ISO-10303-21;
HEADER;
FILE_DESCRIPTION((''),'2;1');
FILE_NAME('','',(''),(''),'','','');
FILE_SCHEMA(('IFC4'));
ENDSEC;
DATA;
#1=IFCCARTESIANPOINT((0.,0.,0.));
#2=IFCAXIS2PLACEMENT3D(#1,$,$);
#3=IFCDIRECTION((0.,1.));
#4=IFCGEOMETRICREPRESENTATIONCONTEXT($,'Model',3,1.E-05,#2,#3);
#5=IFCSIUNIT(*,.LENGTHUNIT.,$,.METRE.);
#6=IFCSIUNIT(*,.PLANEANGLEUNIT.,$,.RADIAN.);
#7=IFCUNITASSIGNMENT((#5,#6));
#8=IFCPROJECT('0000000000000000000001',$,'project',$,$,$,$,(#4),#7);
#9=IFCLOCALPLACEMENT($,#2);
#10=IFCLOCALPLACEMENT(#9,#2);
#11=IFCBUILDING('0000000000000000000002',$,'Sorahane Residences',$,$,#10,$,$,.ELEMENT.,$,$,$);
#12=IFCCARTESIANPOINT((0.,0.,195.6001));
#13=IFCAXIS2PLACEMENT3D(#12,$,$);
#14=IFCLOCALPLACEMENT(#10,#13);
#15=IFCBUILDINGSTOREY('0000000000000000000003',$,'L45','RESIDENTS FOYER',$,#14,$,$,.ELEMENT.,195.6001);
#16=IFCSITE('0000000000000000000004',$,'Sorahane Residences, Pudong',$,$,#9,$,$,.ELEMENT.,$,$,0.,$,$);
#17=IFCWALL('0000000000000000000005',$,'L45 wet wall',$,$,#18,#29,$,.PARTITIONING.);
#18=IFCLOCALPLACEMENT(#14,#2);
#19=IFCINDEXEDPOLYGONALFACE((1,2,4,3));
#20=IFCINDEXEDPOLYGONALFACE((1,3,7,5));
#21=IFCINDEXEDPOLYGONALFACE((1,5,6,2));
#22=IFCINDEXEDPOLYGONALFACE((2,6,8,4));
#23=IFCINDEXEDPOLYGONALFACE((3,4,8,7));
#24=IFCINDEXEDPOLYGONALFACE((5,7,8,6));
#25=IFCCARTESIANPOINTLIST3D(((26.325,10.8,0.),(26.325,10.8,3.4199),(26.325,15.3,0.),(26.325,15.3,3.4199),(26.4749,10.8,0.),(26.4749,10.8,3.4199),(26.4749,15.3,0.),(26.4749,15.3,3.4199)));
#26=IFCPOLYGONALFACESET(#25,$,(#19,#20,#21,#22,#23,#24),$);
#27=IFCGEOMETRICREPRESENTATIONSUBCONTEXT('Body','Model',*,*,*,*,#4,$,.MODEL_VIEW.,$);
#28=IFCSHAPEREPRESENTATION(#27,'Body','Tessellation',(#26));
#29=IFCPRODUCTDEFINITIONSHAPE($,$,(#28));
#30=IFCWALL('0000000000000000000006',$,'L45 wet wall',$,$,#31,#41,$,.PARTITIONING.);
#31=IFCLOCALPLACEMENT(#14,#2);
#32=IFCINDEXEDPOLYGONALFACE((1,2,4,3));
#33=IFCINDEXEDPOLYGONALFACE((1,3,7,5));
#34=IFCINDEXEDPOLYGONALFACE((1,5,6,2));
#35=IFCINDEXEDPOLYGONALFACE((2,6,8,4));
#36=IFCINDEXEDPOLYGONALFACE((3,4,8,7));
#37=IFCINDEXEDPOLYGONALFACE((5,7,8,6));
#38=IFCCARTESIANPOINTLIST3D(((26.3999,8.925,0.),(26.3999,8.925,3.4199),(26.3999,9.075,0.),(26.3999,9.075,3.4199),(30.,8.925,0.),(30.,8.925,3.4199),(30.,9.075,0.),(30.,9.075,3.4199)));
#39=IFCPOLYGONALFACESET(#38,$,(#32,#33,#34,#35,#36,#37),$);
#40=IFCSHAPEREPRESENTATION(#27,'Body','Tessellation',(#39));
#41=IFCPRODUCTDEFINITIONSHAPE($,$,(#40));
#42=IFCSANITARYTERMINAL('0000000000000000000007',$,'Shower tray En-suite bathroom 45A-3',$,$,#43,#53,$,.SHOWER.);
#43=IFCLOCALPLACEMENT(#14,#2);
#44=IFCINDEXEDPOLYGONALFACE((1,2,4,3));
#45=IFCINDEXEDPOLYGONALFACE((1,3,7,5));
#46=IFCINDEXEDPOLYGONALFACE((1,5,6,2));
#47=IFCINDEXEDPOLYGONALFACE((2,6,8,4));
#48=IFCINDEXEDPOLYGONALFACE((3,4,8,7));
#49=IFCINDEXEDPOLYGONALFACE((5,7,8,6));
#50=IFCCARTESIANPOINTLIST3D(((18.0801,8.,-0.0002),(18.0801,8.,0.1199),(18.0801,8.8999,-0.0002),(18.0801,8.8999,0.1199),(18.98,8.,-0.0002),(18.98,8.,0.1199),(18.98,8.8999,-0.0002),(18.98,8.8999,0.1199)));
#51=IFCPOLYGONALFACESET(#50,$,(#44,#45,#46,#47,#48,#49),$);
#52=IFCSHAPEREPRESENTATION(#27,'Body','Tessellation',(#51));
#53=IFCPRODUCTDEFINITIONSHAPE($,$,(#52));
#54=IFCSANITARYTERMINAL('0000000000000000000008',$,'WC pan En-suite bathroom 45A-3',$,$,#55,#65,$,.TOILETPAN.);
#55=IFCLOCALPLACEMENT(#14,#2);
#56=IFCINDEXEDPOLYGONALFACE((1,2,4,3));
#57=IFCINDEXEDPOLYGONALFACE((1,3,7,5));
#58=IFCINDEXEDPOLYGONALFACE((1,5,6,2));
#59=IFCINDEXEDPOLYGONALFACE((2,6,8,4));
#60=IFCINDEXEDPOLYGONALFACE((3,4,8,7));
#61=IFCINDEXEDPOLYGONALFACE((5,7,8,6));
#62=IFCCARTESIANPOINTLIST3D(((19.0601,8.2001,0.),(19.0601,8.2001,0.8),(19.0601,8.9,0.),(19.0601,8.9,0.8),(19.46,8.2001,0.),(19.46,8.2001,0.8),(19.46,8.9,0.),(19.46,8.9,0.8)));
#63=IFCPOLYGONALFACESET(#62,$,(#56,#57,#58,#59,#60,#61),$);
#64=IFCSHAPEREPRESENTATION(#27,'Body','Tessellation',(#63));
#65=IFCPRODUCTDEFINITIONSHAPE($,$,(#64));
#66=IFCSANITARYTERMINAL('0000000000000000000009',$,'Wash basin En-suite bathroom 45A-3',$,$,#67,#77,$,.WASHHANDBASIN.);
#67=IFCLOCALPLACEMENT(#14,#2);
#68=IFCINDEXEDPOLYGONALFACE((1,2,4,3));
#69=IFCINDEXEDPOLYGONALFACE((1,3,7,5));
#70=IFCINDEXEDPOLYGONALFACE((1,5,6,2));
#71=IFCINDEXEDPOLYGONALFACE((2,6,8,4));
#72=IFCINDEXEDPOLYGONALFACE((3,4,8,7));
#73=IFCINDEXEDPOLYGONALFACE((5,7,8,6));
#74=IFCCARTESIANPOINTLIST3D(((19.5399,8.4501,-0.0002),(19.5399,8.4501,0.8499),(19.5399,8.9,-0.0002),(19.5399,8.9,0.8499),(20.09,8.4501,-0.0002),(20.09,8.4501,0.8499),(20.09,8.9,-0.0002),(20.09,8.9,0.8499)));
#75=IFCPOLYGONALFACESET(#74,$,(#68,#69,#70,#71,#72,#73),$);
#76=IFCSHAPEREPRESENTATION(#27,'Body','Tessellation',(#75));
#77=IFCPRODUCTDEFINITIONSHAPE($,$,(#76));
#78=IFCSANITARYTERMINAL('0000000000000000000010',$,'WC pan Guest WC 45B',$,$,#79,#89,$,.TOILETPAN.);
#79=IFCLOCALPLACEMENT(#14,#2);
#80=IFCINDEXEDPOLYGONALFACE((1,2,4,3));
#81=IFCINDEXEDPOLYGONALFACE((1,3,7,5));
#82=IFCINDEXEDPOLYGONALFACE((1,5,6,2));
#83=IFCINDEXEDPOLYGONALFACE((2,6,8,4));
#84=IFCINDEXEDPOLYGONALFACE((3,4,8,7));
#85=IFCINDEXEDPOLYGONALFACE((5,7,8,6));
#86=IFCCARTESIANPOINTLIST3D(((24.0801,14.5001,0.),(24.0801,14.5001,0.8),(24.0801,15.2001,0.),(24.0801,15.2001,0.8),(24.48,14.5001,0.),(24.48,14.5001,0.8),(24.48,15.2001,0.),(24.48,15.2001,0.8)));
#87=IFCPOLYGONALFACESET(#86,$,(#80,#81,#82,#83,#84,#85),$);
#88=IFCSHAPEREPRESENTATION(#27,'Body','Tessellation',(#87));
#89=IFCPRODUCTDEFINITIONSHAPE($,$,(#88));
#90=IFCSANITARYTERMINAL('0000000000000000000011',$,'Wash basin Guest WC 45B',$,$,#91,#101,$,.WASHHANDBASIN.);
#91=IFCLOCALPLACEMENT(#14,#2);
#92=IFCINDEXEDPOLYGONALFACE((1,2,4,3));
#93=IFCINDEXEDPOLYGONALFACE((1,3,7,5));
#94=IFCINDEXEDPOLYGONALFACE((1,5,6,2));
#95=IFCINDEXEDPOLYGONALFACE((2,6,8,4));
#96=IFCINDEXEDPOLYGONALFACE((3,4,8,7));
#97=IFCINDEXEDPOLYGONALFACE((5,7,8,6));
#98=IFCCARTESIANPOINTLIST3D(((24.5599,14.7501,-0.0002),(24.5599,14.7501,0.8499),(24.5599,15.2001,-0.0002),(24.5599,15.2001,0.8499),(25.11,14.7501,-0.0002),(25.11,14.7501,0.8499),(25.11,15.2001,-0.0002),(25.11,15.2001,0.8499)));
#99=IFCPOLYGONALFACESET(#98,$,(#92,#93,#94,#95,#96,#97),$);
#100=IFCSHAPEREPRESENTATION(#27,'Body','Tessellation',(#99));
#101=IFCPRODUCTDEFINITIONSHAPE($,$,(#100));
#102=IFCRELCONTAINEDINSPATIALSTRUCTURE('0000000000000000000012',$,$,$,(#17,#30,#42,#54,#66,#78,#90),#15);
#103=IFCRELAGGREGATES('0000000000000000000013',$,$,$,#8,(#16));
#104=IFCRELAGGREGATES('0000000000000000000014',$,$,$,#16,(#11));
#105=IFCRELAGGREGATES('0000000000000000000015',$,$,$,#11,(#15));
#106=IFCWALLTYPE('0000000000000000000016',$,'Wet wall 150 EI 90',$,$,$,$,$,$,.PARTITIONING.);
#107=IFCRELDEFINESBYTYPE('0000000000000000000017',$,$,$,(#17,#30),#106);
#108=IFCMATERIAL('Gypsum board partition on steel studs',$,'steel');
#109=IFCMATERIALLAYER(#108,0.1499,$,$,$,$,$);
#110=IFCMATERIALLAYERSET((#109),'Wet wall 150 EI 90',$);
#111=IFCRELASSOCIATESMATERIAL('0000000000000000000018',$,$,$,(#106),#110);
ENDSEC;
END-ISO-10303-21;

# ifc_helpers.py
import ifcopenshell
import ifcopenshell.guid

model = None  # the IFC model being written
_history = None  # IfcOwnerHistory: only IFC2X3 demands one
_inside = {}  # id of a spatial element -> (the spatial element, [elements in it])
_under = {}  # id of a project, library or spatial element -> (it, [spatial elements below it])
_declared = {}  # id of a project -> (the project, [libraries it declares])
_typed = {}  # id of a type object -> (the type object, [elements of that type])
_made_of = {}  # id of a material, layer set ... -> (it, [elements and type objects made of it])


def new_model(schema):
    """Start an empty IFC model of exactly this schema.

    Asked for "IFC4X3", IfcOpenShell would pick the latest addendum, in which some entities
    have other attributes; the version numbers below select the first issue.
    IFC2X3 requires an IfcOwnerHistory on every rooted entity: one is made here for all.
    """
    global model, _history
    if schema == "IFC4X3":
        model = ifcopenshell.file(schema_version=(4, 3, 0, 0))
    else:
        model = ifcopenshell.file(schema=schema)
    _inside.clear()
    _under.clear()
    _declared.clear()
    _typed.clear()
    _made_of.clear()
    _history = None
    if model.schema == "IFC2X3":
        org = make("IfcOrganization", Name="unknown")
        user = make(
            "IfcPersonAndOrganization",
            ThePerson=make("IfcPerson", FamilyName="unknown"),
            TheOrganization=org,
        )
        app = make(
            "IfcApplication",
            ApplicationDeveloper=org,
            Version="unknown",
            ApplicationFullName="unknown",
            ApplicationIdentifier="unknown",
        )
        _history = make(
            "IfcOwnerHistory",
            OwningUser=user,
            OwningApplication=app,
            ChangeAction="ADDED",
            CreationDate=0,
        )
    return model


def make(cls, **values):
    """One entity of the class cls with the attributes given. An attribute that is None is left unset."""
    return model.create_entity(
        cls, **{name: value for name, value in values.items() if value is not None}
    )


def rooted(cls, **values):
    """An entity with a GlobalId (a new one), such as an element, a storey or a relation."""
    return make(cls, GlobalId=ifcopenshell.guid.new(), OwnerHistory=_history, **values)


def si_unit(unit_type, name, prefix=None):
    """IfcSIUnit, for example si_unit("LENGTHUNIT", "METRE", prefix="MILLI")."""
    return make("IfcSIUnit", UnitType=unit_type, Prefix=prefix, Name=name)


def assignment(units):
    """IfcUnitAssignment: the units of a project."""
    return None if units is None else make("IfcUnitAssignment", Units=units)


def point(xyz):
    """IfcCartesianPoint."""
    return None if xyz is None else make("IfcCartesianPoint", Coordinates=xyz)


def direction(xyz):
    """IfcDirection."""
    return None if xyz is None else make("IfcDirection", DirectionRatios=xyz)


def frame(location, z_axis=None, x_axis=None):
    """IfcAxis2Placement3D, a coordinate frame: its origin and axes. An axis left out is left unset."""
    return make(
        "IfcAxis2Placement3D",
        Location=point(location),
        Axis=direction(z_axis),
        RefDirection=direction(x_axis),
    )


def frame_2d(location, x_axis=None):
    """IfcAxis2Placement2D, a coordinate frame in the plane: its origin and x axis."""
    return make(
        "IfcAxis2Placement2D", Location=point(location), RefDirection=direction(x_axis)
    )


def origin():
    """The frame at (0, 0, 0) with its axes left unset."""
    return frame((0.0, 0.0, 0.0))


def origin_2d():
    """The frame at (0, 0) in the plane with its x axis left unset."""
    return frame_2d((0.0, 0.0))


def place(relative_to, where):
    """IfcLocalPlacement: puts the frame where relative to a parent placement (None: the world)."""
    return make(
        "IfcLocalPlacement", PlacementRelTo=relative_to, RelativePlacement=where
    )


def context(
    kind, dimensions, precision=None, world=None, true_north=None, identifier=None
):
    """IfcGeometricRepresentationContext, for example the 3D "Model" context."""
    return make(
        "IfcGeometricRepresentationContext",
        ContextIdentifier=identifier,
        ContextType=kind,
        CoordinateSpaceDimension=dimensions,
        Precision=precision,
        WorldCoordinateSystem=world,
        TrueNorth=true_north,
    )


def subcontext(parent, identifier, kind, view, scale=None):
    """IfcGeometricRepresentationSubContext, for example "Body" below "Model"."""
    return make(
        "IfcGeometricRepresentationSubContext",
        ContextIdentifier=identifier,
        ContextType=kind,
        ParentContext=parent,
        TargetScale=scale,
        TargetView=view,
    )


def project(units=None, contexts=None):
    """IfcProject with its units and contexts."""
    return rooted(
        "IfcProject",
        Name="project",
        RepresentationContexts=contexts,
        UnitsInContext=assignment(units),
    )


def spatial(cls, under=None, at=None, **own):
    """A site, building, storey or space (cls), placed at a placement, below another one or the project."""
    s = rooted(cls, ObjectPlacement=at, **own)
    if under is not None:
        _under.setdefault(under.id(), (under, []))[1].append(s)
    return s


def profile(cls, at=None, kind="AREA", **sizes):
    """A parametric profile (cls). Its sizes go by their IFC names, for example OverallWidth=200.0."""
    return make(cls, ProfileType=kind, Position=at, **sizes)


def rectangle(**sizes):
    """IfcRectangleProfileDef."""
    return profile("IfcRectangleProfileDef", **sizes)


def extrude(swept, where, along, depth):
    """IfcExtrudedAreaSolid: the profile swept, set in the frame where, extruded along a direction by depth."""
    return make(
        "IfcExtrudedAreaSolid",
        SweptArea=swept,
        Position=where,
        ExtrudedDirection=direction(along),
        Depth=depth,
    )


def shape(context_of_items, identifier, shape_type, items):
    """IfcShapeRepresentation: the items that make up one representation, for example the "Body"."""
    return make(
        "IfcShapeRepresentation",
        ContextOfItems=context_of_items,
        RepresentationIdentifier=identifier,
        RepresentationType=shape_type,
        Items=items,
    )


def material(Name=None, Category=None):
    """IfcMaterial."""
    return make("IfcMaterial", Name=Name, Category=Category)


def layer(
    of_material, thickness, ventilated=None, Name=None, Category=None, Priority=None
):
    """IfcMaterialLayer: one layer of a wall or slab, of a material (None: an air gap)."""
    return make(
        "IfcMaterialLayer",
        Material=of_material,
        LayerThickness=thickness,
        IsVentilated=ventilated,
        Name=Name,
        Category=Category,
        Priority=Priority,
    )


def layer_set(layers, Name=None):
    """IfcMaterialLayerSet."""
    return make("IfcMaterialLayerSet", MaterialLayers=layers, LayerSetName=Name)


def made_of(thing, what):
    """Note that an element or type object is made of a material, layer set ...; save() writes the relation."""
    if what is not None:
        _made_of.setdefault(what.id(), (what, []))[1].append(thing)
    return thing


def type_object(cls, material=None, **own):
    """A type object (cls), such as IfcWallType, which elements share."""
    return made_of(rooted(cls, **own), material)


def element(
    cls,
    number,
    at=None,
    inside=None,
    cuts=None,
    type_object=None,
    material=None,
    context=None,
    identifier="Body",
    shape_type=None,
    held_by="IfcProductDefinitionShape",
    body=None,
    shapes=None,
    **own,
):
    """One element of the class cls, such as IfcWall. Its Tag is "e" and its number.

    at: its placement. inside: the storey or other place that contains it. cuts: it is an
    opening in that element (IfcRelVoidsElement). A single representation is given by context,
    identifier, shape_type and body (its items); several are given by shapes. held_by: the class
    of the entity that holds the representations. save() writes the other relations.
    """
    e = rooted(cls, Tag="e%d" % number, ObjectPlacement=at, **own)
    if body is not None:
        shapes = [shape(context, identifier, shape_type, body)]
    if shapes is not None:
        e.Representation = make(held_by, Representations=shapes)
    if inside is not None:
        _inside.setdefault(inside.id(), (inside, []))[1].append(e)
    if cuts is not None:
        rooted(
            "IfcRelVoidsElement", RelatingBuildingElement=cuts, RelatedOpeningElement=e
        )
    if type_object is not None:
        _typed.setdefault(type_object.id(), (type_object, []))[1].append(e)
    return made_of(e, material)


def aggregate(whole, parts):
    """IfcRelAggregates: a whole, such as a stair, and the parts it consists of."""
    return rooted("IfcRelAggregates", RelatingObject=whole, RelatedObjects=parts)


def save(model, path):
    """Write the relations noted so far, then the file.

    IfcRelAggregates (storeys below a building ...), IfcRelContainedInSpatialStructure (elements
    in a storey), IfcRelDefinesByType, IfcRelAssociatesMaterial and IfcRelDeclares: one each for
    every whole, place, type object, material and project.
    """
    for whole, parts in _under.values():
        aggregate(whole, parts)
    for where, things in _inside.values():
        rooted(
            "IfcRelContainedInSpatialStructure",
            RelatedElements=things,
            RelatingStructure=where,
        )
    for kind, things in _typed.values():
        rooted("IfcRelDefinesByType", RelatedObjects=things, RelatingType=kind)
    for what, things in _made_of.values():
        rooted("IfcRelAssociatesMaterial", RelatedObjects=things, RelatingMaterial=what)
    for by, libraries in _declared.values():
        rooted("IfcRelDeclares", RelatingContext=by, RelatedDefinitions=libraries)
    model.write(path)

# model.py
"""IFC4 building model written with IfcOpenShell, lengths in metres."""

from ifc_helpers import new_model, si_unit, direction, frame, frame_2d, origin, origin_2d, place, context, subcontext, project, spatial, rectangle, extrude, material, layer, layer_set, type_object, element, save


model = new_model("IFC4")

# Units and contexts
model_context = context("Model", 3, precision=1e-05, world=origin(), true_north=direction((0.0, 1.0)))
body_context = subcontext(model_context, "Body", "Model", "MODEL_VIEW")
ifc_project = project(units=[si_unit("LENGTHUNIT", "METRE"), si_unit("PLANEANGLEUNIT", "RADIAN")], contexts=[model_context])

# Site, building, storey
site_placement = place(None, origin())
site = spatial("IfcSite", under=ifc_project, at=site_placement, Name="Sorahane Residences, Pudong", CompositionType="ELEMENT", RefElevation=0.0)
building_placement = place(site_placement, origin())
building = spatial("IfcBuilding", under=site, at=building_placement, Name="Sorahane Residences", CompositionType="ELEMENT")
storey_placement = place(building_placement, frame((0.0, 0.0, 195.6001)))
storey = spatial("IfcBuildingStorey", under=building, at=storey_placement, Name="L45", Description="RESIDENTS FOYER", CompositionType="ELEMENT", Elevation=195.6001)

# Wall
ifc_material_1 = material(Name="Gypsum board partition on steel studs", Category="steel")
ifc_layer_1 = layer(ifc_material_1, 0.1499)
ifc_layer_set_1 = layer_set([ifc_layer_1], Name="Wet wall 150 EI 90")
wall_type_1 = type_object("IfcWallType", Name="Wet wall 150 EI 90", PredefinedType="PARTITIONING", material=ifc_layer_set_1)
wall_1_placement = place(storey_placement, frame((26.3999, 10.8, 0.0), z_axis=(0.0, 0.0, 1.0), x_axis=(0.0, 1.0, 0.0)))
element("IfcWall", 1, at=wall_1_placement, inside=storey, type_object=wall_type_1, Name="L45 wet wall", PredefinedType="PARTITIONING", context=body_context, shape_type="SweptSolid", body=[
    extrude(rectangle(XDim=4.5, YDim=0.1499, at=frame_2d((2.25, 0.0))), origin(), (0.0, 0.0, 1.0), 3.4199),
])

# Wall
wall_2_placement = place(storey_placement, frame((26.3999, 9.0, 0.0), z_axis=(0.0, 0.0, 1.0), x_axis=(1.0, 0.0, 0.0)))
element("IfcWall", 2, at=wall_2_placement, inside=storey, type_object=wall_type_1, Name="L45 wet wall", PredefinedType="PARTITIONING", context=body_context, shape_type="SweptSolid", body=[
    extrude(rectangle(XDim=3.6001, YDim=0.1499, at=frame_2d((1.8, 0.0))), origin(), (0.0, 0.0, 1.0), 3.4199),
])

# Sanitary terminals
sanitary_terminal_1_placement = place(storey_placement, frame((18.53, 8.45, -0.0002), z_axis=(0.0, 0.0, 1.0), x_axis=(1.0, 0.0, 0.0)))
element("IfcSanitaryTerminal", 3, at=sanitary_terminal_1_placement, inside=storey, Name="Shower tray En-suite bathroom 45A-3", PredefinedType="SHOWER", context=body_context, shape_type="SweptSolid", body=[
    extrude(rectangle(XDim=0.8999, YDim=0.8999, at=origin_2d()), origin(), (0.0, 0.0, 1.0), 0.1201),
])
sanitary_terminal_2_placement = place(storey_placement, frame((19.26, 8.55, 0.0), z_axis=(0.0, 0.0, 1.0), x_axis=(1.0, 0.0, 0.0)))
element("IfcSanitaryTerminal", 4, at=sanitary_terminal_2_placement, inside=storey, Name="WC pan En-suite bathroom 45A-3", PredefinedType="TOILETPAN", context=body_context, shape_type="SweptSolid", body=[
    extrude(rectangle(XDim=0.3999, YDim=0.7, at=origin_2d()), origin(), (0.0, 0.0, 1.0), 0.8),
])
sanitary_terminal_3_placement = place(storey_placement, frame((19.8149, 8.675, -0.0002), z_axis=(0.0, 0.0, 1.0), x_axis=(1.0, 0.0, 0.0)))
element("IfcSanitaryTerminal", 5, at=sanitary_terminal_3_placement, inside=storey, Name="Wash basin En-suite bathroom 45A-3", PredefinedType="WASHHANDBASIN", context=body_context, shape_type="SweptSolid", body=[
    extrude(rectangle(XDim=0.55, YDim=0.45, at=origin_2d()), origin(), (0.0, 0.0, 1.0), 0.8501),
])
sanitary_terminal_4_placement = place(storey_placement, frame((24.28, 14.8501, 0.0), z_axis=(0.0, 0.0, 1.0), x_axis=(1.0, 0.0, 0.0)))
element("IfcSanitaryTerminal", 6, at=sanitary_terminal_4_placement, inside=storey, Name="WC pan Guest WC 45B", PredefinedType="TOILETPAN", context=body_context, shape_type="SweptSolid", body=[
    extrude(rectangle(XDim=0.3999, YDim=0.7, at=origin_2d()), origin(), (0.0, 0.0, 1.0), 0.8),
])
sanitary_terminal_5_placement = place(storey_placement, frame((24.835, 14.9751, -0.0002), z_axis=(0.0, 0.0, 1.0), x_axis=(1.0, 0.0, 0.0)))
element("IfcSanitaryTerminal", 7, at=sanitary_terminal_5_placement, inside=storey, Name="Wash basin Guest WC 45B", PredefinedType="WASHHANDBASIN", context=body_context, shape_type="SweptSolid", body=[
    extrude(rectangle(XDim=0.55, YDim=0.45, at=origin_2d()), origin(), (0.0, 0.0, 1.0), 0.8501),
])

save(model, "model.ifc")
